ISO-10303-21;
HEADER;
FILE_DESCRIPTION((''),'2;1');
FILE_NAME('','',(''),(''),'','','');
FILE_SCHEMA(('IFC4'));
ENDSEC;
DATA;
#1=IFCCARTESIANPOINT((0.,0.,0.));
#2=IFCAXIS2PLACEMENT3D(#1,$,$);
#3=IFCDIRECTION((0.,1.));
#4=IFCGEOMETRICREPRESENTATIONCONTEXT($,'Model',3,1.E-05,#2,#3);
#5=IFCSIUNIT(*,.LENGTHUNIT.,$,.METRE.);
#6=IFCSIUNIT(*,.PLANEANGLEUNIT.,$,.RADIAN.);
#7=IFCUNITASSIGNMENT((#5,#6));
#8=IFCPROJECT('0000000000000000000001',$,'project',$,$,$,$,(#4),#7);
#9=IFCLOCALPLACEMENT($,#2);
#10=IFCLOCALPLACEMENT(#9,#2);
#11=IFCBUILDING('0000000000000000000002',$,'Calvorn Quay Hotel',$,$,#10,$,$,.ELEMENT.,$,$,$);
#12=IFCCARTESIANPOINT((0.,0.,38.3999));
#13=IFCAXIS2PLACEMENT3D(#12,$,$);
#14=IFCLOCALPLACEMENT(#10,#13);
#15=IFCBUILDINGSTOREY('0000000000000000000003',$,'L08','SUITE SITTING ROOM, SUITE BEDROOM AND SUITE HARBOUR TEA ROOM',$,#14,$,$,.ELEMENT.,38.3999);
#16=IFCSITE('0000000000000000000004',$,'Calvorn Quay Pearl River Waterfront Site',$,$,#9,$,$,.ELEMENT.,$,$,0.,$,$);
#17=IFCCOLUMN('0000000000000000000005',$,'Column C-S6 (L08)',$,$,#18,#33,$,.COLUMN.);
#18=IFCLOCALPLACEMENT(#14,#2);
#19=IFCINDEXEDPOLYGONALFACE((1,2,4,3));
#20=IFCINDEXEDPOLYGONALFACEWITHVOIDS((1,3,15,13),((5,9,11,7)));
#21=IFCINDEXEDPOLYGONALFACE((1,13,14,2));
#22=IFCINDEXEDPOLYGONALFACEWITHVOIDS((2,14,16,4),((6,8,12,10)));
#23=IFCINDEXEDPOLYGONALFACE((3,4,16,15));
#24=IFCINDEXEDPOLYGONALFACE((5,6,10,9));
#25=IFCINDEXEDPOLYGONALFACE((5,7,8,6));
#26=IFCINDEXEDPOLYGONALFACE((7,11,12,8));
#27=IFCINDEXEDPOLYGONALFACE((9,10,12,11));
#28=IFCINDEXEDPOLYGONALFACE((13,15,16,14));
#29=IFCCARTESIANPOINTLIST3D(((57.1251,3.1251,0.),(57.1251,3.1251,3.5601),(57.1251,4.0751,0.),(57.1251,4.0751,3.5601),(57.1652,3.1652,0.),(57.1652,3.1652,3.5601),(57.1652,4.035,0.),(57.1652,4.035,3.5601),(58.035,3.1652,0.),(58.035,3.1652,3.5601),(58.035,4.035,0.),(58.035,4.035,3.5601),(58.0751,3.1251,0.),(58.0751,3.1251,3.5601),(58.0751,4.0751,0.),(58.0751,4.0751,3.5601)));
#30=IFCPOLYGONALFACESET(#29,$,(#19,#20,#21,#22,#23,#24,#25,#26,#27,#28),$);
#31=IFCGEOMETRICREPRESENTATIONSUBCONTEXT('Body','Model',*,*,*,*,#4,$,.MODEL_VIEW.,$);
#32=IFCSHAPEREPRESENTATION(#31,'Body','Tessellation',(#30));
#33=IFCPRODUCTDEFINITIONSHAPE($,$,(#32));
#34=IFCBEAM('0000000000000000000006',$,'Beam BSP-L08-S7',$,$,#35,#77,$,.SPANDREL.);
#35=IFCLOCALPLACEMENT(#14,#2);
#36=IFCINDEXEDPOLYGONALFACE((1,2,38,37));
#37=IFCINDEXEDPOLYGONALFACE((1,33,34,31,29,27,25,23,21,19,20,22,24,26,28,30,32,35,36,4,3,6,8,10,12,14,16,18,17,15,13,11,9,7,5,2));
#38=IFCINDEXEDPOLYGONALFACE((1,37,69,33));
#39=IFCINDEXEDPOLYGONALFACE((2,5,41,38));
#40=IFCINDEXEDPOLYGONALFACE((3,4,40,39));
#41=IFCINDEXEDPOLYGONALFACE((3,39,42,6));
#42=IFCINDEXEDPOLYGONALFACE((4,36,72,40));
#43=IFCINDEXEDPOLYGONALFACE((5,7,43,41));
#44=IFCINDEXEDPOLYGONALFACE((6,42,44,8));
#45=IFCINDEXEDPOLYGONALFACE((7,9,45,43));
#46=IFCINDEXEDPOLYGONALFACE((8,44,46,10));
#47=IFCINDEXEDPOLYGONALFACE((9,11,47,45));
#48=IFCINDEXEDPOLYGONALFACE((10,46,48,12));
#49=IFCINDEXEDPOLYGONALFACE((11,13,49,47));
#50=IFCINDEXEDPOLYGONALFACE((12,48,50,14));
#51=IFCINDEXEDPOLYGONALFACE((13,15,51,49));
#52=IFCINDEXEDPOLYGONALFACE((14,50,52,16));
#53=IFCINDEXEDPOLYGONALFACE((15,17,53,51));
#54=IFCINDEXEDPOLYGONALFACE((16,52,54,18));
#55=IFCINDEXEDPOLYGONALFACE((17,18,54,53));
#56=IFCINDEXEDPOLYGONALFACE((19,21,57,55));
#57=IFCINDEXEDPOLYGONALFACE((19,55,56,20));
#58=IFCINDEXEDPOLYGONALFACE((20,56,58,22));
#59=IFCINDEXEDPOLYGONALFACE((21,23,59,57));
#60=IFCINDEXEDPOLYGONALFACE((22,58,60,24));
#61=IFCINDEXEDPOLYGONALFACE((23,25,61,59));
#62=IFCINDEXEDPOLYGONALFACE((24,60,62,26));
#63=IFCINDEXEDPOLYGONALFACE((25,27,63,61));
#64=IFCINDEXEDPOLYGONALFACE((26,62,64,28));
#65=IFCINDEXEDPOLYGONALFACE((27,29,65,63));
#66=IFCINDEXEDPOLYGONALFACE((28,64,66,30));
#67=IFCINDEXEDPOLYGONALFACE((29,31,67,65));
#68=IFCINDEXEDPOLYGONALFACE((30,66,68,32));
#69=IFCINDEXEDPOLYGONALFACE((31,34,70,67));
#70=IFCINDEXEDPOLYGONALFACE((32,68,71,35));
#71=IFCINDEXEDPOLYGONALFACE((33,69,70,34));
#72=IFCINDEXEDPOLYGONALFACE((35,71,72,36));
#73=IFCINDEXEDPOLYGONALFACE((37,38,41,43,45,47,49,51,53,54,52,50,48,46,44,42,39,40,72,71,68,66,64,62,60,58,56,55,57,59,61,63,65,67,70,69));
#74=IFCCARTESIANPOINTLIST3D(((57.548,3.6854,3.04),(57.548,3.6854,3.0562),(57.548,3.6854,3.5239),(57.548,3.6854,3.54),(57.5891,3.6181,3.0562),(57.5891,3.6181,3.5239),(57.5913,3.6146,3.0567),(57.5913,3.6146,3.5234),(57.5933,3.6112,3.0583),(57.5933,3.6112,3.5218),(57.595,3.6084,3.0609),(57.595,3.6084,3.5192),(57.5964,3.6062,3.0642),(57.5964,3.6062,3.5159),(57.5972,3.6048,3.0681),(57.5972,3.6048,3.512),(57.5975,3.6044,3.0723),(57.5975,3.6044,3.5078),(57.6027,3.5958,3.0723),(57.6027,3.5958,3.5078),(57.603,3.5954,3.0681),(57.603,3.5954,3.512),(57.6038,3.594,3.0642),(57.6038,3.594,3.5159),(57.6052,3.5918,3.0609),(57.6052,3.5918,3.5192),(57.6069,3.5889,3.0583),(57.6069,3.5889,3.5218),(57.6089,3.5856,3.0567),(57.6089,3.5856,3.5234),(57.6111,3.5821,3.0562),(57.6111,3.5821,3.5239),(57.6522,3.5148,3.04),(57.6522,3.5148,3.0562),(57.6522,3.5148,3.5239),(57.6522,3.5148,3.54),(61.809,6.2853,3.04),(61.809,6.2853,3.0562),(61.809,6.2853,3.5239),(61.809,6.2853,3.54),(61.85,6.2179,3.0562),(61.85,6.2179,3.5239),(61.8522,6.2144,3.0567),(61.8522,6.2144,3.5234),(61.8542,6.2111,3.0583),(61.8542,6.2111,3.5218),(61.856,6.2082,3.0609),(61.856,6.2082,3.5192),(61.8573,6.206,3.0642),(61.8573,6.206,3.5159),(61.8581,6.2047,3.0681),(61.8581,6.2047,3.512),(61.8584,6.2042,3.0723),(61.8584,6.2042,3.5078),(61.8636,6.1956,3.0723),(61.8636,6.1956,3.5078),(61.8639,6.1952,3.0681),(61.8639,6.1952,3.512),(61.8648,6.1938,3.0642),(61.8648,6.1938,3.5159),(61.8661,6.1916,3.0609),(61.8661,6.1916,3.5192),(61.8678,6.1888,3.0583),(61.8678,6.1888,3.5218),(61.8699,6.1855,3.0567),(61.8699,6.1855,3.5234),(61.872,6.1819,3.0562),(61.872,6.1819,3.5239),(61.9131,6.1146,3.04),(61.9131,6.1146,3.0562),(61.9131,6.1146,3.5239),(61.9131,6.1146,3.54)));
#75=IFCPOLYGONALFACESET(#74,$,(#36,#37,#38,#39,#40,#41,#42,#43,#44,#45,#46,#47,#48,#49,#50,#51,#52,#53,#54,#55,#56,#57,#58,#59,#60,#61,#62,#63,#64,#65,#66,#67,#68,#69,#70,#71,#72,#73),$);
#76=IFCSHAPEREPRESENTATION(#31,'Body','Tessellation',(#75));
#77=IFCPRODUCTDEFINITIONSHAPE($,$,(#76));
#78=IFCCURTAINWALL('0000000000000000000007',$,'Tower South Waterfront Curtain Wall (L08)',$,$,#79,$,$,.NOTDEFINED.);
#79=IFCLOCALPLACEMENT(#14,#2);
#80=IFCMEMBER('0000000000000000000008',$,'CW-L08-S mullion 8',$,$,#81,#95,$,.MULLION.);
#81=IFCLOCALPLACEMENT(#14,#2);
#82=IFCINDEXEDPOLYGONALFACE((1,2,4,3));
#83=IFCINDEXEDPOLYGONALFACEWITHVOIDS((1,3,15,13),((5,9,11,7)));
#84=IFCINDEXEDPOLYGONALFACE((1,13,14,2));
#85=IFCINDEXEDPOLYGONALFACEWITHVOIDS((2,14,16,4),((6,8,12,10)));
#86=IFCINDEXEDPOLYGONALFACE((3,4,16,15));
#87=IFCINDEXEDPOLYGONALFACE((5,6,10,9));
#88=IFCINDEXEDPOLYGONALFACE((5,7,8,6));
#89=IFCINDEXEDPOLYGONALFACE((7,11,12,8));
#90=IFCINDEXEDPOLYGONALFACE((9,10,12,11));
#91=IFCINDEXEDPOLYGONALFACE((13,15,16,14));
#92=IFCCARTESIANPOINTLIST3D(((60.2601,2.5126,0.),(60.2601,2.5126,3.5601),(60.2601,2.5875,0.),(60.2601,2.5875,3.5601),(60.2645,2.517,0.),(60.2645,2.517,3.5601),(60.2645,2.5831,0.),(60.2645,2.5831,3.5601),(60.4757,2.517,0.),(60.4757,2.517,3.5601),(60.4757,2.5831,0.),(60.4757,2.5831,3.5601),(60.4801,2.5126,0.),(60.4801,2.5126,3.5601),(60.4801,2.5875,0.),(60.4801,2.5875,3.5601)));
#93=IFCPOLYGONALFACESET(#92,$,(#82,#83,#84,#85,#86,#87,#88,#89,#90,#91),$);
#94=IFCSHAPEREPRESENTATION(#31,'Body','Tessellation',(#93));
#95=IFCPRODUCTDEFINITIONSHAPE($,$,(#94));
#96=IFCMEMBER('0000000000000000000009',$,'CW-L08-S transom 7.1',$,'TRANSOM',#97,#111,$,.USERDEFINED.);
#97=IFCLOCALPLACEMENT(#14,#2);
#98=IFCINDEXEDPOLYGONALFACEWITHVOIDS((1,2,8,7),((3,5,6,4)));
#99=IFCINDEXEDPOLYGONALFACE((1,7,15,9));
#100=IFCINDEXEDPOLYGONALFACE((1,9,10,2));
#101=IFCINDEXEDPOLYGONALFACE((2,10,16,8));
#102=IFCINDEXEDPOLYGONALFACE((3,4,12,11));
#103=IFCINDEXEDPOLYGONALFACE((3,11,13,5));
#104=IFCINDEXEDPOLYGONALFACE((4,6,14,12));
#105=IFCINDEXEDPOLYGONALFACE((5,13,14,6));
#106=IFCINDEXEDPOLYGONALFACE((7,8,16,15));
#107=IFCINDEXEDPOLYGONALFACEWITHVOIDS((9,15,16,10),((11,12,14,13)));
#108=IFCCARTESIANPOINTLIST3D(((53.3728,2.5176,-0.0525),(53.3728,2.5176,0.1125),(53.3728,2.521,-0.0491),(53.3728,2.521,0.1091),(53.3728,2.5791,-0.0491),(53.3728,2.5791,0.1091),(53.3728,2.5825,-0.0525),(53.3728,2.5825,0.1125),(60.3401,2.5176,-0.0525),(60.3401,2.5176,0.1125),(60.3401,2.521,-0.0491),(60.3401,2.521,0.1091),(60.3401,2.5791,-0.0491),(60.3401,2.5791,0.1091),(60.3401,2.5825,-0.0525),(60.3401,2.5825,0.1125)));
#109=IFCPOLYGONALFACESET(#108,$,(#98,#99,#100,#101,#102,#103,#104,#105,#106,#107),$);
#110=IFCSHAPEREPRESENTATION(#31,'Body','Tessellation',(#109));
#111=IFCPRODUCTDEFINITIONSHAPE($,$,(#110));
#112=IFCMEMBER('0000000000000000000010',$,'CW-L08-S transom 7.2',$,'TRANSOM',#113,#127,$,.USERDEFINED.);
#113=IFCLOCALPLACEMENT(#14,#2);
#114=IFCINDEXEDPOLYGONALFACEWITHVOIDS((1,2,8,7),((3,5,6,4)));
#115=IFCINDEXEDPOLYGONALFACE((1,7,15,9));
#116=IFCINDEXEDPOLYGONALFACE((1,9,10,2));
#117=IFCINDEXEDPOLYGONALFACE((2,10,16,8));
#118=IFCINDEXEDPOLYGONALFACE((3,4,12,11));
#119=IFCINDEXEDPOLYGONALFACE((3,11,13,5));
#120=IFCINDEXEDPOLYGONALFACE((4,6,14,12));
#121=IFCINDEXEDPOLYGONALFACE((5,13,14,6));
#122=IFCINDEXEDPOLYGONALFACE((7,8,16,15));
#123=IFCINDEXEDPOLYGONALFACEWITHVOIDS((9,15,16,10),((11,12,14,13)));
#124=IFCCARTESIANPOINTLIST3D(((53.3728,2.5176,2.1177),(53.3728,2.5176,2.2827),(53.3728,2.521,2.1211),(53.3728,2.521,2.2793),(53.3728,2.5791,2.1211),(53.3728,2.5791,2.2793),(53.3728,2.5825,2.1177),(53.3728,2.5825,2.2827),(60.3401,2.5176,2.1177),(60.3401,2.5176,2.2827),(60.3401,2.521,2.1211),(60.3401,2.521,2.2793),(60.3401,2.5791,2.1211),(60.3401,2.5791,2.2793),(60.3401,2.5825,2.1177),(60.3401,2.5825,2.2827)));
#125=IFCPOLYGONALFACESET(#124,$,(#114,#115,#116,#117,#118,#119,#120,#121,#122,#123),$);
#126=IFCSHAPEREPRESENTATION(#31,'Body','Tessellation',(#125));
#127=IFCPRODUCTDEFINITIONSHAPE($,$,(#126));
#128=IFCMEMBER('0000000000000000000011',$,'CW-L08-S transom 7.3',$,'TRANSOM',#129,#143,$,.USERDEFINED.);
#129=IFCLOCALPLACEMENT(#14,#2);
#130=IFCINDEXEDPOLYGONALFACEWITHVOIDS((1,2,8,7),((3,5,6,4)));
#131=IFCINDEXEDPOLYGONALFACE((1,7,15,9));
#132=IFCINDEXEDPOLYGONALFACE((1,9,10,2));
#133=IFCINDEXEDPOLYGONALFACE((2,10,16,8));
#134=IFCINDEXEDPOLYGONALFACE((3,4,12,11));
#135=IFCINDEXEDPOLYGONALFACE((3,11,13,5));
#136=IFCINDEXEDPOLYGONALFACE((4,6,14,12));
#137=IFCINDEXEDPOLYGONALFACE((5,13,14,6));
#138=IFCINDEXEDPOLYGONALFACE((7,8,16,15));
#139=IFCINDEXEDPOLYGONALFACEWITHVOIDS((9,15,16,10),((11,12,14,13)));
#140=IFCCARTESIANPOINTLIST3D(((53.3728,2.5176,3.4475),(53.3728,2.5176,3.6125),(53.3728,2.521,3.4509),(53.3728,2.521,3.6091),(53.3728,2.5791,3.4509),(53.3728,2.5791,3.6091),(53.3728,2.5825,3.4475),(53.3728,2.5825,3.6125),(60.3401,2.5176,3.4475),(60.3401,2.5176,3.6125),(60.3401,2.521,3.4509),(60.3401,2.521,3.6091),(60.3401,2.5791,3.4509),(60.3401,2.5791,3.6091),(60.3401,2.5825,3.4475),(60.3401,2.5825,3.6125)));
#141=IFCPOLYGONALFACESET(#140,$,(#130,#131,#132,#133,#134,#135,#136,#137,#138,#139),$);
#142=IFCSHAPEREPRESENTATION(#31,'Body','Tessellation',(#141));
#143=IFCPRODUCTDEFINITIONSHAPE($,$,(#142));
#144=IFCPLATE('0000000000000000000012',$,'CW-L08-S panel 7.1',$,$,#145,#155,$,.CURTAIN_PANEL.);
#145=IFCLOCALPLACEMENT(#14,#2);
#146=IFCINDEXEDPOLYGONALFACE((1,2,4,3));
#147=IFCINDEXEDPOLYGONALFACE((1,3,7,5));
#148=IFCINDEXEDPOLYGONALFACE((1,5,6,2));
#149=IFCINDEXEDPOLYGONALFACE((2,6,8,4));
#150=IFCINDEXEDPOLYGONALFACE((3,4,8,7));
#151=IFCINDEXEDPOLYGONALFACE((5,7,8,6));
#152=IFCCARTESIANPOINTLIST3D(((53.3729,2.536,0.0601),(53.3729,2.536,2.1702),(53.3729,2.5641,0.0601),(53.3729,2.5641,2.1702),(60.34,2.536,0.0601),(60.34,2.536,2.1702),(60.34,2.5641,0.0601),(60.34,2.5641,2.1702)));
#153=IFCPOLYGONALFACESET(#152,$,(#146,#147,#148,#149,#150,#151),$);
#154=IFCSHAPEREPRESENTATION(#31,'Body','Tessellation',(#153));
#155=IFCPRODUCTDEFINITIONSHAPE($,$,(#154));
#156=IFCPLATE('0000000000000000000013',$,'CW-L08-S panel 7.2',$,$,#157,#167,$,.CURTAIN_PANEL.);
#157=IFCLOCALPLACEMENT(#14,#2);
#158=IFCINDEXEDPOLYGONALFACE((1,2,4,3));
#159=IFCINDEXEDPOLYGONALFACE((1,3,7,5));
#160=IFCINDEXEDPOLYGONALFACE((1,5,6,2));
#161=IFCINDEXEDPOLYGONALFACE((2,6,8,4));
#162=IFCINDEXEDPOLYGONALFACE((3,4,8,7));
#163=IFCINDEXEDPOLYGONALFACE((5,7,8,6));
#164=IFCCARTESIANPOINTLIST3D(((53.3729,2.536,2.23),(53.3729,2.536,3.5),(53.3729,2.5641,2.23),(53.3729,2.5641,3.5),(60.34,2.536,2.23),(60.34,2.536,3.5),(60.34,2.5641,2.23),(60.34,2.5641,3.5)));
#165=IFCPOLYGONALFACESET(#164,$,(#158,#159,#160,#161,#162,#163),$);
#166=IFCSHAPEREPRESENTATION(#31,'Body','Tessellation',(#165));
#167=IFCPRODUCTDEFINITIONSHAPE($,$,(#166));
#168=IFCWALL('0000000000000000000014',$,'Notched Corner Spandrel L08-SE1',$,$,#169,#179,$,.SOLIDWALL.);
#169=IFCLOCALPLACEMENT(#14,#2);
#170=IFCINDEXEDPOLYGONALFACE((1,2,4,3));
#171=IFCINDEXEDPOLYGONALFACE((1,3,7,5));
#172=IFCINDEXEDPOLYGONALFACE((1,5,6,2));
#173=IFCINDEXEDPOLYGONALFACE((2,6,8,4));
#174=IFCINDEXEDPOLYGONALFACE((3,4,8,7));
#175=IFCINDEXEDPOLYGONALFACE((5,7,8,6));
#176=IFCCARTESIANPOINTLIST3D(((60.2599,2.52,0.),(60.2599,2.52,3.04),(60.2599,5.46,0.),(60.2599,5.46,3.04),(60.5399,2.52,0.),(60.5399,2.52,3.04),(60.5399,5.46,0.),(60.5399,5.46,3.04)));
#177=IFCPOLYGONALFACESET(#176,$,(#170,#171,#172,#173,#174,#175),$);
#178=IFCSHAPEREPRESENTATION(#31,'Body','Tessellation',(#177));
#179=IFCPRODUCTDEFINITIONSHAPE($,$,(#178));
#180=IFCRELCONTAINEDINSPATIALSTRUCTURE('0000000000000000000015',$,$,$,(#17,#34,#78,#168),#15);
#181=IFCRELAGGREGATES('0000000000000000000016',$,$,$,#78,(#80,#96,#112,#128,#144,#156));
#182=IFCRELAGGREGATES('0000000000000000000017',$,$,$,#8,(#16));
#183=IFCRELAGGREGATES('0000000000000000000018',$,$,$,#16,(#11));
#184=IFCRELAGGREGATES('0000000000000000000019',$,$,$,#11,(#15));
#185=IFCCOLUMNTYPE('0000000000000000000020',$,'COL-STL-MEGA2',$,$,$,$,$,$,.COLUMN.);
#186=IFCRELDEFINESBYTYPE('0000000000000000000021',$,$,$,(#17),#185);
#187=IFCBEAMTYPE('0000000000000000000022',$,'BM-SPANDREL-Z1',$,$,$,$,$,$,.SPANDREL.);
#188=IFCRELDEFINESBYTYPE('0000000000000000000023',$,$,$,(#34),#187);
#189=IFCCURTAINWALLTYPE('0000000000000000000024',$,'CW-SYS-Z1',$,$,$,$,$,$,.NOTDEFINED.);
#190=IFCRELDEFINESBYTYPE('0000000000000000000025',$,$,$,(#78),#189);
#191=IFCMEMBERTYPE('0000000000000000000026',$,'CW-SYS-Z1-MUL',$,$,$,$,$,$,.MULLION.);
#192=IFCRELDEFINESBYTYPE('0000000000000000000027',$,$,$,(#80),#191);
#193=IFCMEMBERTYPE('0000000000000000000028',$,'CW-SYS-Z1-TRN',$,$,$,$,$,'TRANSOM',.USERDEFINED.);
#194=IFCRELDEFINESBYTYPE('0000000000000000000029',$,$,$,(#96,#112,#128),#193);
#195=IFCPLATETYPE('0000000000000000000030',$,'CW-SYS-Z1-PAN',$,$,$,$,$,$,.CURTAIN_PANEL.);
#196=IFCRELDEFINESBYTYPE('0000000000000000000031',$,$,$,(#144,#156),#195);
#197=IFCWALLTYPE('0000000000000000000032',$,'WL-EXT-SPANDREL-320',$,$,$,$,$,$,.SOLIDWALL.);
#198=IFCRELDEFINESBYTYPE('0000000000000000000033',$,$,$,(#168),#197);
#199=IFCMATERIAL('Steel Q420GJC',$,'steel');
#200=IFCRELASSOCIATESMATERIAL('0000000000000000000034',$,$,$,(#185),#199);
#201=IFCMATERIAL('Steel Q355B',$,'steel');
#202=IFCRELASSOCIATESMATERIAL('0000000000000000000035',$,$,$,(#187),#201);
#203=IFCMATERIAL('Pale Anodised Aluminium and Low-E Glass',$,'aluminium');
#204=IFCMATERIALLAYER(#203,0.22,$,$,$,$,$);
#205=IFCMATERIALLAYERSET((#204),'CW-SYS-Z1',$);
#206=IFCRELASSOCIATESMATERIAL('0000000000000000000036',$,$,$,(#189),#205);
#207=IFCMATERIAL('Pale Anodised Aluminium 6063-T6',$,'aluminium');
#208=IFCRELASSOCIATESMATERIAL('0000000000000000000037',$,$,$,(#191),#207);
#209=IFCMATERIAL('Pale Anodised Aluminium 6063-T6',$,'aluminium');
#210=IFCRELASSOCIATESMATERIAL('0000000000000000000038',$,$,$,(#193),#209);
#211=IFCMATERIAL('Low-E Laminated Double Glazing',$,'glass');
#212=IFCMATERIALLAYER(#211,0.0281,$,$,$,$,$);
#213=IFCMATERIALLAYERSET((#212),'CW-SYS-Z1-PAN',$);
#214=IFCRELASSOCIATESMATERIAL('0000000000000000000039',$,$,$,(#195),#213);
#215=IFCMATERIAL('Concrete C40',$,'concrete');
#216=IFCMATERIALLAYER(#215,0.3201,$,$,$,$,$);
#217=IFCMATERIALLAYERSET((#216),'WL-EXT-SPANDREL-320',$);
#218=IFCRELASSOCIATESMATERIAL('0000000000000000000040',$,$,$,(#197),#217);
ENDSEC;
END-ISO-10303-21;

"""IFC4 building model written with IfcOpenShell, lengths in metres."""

from ifc_helpers import new_model, si_unit, direction, frame, frame_2d, origin, origin_2d, place, context, subcontext, project, spatial, rectangle, hollow_rectangle, i_section, extrude, material, layer, layer_set, material_profile, profile_set, type_object, element, aggregate, save


model = new_model("IFC4")

# Units and contexts
model_context = context("Model", 3, precision=1e-05, world=origin(), true_north=direction((0.0, 1.0)))
body_context = subcontext(model_context, "Body", "Model", "MODEL_VIEW")
ifc_project = project(units=[si_unit("LENGTHUNIT", "METRE"), si_unit("PLANEANGLEUNIT", "RADIAN")], contexts=[model_context])

# Site, building, storey
site_placement = place(None, origin())
site = spatial("IfcSite", under=ifc_project, at=site_placement, Name="Calvorn Quay Pearl River Waterfront Site", CompositionType="ELEMENT", RefElevation=0.0)
building_placement = place(site_placement, origin())
building = spatial("IfcBuilding", under=site, at=building_placement, Name="Calvorn Quay Hotel", CompositionType="ELEMENT")
storey_placement = place(building_placement, frame((0.0, 0.0, 38.3999)))
storey = spatial("IfcBuildingStorey", under=building, at=storey_placement, Name="L08", Description="SUITE SITTING ROOM, SUITE BEDROOM AND SUITE HARBOUR TEA ROOM", CompositionType="ELEMENT", Elevation=38.3999)

# Column
ifc_material_1 = material(Name="Steel Q420GJC", Category="steel")
ifc_material_profile_1 = material_profile(ifc_material_1, hollow_rectangle(XDim=0.95, YDim=0.95, WallThickness=0.04, at=origin_2d()), Name="BOX950x950x40")
ifc_profile_set_1 = profile_set([ifc_material_profile_1], Name="Steel Q420GJC")
column_type = type_object("IfcColumnType", Name="COL-STL-MEGA2", PredefinedType="COLUMN", material=ifc_profile_set_1)
column_placement = place(storey_placement, frame((57.6001, 3.6001, 0.0), z_axis=(0.0, 0.0, 1.0), x_axis=(1.0, 0.0, 0.0)))
element("IfcColumn", 1, at=column_placement, inside=storey, type_object=column_type, Name="Column C-S6 (L08)", PredefinedType="COLUMN", context=body_context, shape_type="SweptSolid", body=[
    extrude(hollow_rectangle(XDim=0.95, YDim=0.95, WallThickness=0.04, at=origin_2d()), origin(), (0.0, 0.0, 1.0), 3.5601),
])

# Beam
ifc_material_2 = material(Name="Steel Q355B", Category="steel")
ifc_material_profile_2 = material_profile(ifc_material_2, i_section(OverallWidth=0.2, OverallDepth=0.5, WebThickness=0.01, FlangeThickness=0.0161, FilletRadius=0.0161, at=origin_2d()), Name="HN500x200x10x16")
ifc_profile_set_2 = profile_set([ifc_material_profile_2], Name="Steel Q355B")
beam_type = type_object("IfcBeamType", Name="BM-SPANDREL-Z1", PredefinedType="SPANDREL", material=ifc_profile_set_2)
beam_placement = place(storey_placement, frame((57.6001, 3.6001, 3.29), z_axis=(0.853646, 0.520854, 0.0), x_axis=(-0.520854, 0.853646, 0.0)))
element("IfcBeam", 2, at=beam_placement, inside=storey, type_object=beam_type, Name="Beam BSP-L08-S7", PredefinedType="SPANDREL", context=body_context, shape_type="SweptSolid", body=[
    extrude(i_section(OverallWidth=0.2, OverallDepth=0.5, WebThickness=0.01, FlangeThickness=0.0161, FilletRadius=0.0161, at=origin_2d()), origin(), (0.0, 0.0, 1.0), 4.9915),
])

# Curtain wall, members, plates
ifc_material_3 = material(Name="Pale Anodised Aluminium and Low-E Glass", Category="aluminium")
ifc_layer_1 = layer(ifc_material_3, 0.22)
ifc_layer_set_1 = layer_set([ifc_layer_1], Name="CW-SYS-Z1")
curtain_wall_type = type_object("IfcCurtainWallType", Name="CW-SYS-Z1", PredefinedType="NOTDEFINED", material=ifc_layer_set_1)
curtain_wall_placement = place(storey_placement, origin())
curtain_wall = element("IfcCurtainWall", 3, at=curtain_wall_placement, inside=storey, type_object=curtain_wall_type, Name="Tower South Waterfront Curtain Wall (L08)", PredefinedType="NOTDEFINED")
ifc_material_4 = material(Name="Pale Anodised Aluminium 6063-T6", Category="aluminium")
ifc_material_profile_3 = material_profile(ifc_material_4, hollow_rectangle(XDim=0.075, YDim=0.22, WallThickness=0.0044, at=origin_2d()), Name="ALU-M220x75x4.5")
ifc_profile_set_3 = profile_set([ifc_material_profile_3], Name="Pale Anodised Aluminium 6063-T6")
member_type_1 = type_object("IfcMemberType", Name="CW-SYS-Z1-MUL", PredefinedType="MULLION", material=ifc_profile_set_3)
member_1_placement = place(storey_placement, frame((60.3701, 2.55, 0.0), z_axis=(0.0, 0.0, 1.0), x_axis=(0.0, 1.0, 0.0)))
member_1 = element("IfcMember", 4, at=member_1_placement, type_object=member_type_1, Name="CW-L08-S mullion 8", PredefinedType="MULLION", context=body_context, shape_type="SweptSolid", body=[
    extrude(hollow_rectangle(XDim=0.075, YDim=0.22, WallThickness=0.0044, at=origin_2d()), origin(), (0.0, 0.0, 1.0), 3.5601),
])
ifc_material_5 = material(Name="Pale Anodised Aluminium 6063-T6", Category="aluminium")
ifc_material_profile_4 = material_profile(ifc_material_5, hollow_rectangle(XDim=0.0649, YDim=0.165, WallThickness=0.0034, at=origin_2d()), Name="ALU-T165x65x3.5")
ifc_profile_set_4 = profile_set([ifc_material_profile_4], Name="Pale Anodised Aluminium 6063-T6")
member_type_2 = type_object("IfcMemberType", Name="CW-SYS-Z1-TRN", ElementType="TRANSOM", PredefinedType="USERDEFINED", material=ifc_profile_set_4)
member_2_placement = place(storey_placement, frame((53.3728, 2.55, 0.03), z_axis=(1.0, 0.0, 0.0), x_axis=(0.0, 1.0, 0.0)))
member_2 = element("IfcMember", 5, at=member_2_placement, type_object=member_type_2, Name="CW-L08-S transom 7.1", ObjectType="TRANSOM", PredefinedType="USERDEFINED", context=body_context, shape_type="SweptSolid", body=[
    extrude(hollow_rectangle(XDim=0.0649, YDim=0.165, WallThickness=0.0034, at=origin_2d()), origin(), (0.0, 0.0, 1.0), 6.9673),
])
member_3_placement = place(storey_placement, frame((53.3728, 2.55, 2.2002), z_axis=(1.0, 0.0, 0.0), x_axis=(0.0, 1.0, 0.0)))
member_3 = element("IfcMember", 6, at=member_3_placement, type_object=member_type_2, Name="CW-L08-S transom 7.2", ObjectType="TRANSOM", PredefinedType="USERDEFINED", context=body_context, shape_type="SweptSolid", body=[
    extrude(hollow_rectangle(XDim=0.0649, YDim=0.165, WallThickness=0.0034, at=origin_2d()), origin(), (0.0, 0.0, 1.0), 6.9673),
])
member_4_placement = place(storey_placement, frame((53.3728, 2.55, 3.53), z_axis=(1.0, 0.0, 0.0), x_axis=(0.0, 1.0, 0.0)))
member_4 = element("IfcMember", 7, at=member_4_placement, type_object=member_type_2, Name="CW-L08-S transom 7.3", ObjectType="TRANSOM", PredefinedType="USERDEFINED", context=body_context, shape_type="SweptSolid", body=[
    extrude(hollow_rectangle(XDim=0.0649, YDim=0.165, WallThickness=0.0034, at=origin_2d()), origin(), (0.0, 0.0, 1.0), 6.9673),
])
ifc_material_6 = material(Name="Low-E Laminated Double Glazing", Category="glass")
ifc_layer_2 = layer(ifc_material_6, 0.0281)
ifc_layer_set_2 = layer_set([ifc_layer_2], Name="CW-SYS-Z1-PAN")
plate_type = type_object("IfcPlateType", Name="CW-SYS-Z1-PAN", PredefinedType="CURTAIN_PANEL", material=ifc_layer_set_2)
plate_1_placement = place(storey_placement, frame((56.8564, 2.55, 0.0601), z_axis=(0.0, 0.0, 1.0), x_axis=(1.0, 0.0, 0.0)))
plate_1 = element("IfcPlate", 8, at=plate_1_placement, type_object=plate_type, Name="CW-L08-S panel 7.1", PredefinedType="CURTAIN_PANEL", context=body_context, shape_type="SweptSolid", body=[
    extrude(rectangle(XDim=6.967, YDim=0.0281, at=origin_2d()), origin(), (0.0, 0.0, 1.0), 2.1101),
])
plate_2_placement = place(storey_placement, frame((56.8564, 2.55, 2.23), z_axis=(0.0, 0.0, 1.0), x_axis=(1.0, 0.0, 0.0)))
plate_2 = element("IfcPlate", 9, at=plate_2_placement, type_object=plate_type, Name="CW-L08-S panel 7.2", PredefinedType="CURTAIN_PANEL", context=body_context, shape_type="SweptSolid", body=[
    extrude(rectangle(XDim=6.967, YDim=0.0281, at=origin_2d()), origin(), (0.0, 0.0, 1.0), 1.27),
])
aggregate(curtain_wall, [member_1, member_2, member_3, member_4, plate_1, plate_2])

# Wall
ifc_material_7 = material(Name="Concrete C40", Category="concrete")
ifc_layer_3 = layer(ifc_material_7, 0.3201)
ifc_layer_set_3 = layer_set([ifc_layer_3], Name="WL-EXT-SPANDREL-320")
wall_type = type_object("IfcWallType", Name="WL-EXT-SPANDREL-320", PredefinedType="SOLIDWALL", material=ifc_layer_set_3)
wall_1_placement = place(storey_placement, frame((60.3999, 2.52, 0.0), z_axis=(0.0, 0.0, 1.0), x_axis=(0.0, 1.0, 0.0)))
element("IfcWall", 10, at=wall_1_placement, inside=storey, type_object=wall_type, Name="Notched Corner Spandrel L08-SE1", PredefinedType="SOLIDWALL", context=body_context, shape_type="SweptSolid", body=[
    extrude(rectangle(XDim=2.9399, YDim=0.28, at=frame_2d((1.47, 0.0))), origin(), (0.0, 0.0, 1.0), 3.04),
])

save(model, "model.ifc")
